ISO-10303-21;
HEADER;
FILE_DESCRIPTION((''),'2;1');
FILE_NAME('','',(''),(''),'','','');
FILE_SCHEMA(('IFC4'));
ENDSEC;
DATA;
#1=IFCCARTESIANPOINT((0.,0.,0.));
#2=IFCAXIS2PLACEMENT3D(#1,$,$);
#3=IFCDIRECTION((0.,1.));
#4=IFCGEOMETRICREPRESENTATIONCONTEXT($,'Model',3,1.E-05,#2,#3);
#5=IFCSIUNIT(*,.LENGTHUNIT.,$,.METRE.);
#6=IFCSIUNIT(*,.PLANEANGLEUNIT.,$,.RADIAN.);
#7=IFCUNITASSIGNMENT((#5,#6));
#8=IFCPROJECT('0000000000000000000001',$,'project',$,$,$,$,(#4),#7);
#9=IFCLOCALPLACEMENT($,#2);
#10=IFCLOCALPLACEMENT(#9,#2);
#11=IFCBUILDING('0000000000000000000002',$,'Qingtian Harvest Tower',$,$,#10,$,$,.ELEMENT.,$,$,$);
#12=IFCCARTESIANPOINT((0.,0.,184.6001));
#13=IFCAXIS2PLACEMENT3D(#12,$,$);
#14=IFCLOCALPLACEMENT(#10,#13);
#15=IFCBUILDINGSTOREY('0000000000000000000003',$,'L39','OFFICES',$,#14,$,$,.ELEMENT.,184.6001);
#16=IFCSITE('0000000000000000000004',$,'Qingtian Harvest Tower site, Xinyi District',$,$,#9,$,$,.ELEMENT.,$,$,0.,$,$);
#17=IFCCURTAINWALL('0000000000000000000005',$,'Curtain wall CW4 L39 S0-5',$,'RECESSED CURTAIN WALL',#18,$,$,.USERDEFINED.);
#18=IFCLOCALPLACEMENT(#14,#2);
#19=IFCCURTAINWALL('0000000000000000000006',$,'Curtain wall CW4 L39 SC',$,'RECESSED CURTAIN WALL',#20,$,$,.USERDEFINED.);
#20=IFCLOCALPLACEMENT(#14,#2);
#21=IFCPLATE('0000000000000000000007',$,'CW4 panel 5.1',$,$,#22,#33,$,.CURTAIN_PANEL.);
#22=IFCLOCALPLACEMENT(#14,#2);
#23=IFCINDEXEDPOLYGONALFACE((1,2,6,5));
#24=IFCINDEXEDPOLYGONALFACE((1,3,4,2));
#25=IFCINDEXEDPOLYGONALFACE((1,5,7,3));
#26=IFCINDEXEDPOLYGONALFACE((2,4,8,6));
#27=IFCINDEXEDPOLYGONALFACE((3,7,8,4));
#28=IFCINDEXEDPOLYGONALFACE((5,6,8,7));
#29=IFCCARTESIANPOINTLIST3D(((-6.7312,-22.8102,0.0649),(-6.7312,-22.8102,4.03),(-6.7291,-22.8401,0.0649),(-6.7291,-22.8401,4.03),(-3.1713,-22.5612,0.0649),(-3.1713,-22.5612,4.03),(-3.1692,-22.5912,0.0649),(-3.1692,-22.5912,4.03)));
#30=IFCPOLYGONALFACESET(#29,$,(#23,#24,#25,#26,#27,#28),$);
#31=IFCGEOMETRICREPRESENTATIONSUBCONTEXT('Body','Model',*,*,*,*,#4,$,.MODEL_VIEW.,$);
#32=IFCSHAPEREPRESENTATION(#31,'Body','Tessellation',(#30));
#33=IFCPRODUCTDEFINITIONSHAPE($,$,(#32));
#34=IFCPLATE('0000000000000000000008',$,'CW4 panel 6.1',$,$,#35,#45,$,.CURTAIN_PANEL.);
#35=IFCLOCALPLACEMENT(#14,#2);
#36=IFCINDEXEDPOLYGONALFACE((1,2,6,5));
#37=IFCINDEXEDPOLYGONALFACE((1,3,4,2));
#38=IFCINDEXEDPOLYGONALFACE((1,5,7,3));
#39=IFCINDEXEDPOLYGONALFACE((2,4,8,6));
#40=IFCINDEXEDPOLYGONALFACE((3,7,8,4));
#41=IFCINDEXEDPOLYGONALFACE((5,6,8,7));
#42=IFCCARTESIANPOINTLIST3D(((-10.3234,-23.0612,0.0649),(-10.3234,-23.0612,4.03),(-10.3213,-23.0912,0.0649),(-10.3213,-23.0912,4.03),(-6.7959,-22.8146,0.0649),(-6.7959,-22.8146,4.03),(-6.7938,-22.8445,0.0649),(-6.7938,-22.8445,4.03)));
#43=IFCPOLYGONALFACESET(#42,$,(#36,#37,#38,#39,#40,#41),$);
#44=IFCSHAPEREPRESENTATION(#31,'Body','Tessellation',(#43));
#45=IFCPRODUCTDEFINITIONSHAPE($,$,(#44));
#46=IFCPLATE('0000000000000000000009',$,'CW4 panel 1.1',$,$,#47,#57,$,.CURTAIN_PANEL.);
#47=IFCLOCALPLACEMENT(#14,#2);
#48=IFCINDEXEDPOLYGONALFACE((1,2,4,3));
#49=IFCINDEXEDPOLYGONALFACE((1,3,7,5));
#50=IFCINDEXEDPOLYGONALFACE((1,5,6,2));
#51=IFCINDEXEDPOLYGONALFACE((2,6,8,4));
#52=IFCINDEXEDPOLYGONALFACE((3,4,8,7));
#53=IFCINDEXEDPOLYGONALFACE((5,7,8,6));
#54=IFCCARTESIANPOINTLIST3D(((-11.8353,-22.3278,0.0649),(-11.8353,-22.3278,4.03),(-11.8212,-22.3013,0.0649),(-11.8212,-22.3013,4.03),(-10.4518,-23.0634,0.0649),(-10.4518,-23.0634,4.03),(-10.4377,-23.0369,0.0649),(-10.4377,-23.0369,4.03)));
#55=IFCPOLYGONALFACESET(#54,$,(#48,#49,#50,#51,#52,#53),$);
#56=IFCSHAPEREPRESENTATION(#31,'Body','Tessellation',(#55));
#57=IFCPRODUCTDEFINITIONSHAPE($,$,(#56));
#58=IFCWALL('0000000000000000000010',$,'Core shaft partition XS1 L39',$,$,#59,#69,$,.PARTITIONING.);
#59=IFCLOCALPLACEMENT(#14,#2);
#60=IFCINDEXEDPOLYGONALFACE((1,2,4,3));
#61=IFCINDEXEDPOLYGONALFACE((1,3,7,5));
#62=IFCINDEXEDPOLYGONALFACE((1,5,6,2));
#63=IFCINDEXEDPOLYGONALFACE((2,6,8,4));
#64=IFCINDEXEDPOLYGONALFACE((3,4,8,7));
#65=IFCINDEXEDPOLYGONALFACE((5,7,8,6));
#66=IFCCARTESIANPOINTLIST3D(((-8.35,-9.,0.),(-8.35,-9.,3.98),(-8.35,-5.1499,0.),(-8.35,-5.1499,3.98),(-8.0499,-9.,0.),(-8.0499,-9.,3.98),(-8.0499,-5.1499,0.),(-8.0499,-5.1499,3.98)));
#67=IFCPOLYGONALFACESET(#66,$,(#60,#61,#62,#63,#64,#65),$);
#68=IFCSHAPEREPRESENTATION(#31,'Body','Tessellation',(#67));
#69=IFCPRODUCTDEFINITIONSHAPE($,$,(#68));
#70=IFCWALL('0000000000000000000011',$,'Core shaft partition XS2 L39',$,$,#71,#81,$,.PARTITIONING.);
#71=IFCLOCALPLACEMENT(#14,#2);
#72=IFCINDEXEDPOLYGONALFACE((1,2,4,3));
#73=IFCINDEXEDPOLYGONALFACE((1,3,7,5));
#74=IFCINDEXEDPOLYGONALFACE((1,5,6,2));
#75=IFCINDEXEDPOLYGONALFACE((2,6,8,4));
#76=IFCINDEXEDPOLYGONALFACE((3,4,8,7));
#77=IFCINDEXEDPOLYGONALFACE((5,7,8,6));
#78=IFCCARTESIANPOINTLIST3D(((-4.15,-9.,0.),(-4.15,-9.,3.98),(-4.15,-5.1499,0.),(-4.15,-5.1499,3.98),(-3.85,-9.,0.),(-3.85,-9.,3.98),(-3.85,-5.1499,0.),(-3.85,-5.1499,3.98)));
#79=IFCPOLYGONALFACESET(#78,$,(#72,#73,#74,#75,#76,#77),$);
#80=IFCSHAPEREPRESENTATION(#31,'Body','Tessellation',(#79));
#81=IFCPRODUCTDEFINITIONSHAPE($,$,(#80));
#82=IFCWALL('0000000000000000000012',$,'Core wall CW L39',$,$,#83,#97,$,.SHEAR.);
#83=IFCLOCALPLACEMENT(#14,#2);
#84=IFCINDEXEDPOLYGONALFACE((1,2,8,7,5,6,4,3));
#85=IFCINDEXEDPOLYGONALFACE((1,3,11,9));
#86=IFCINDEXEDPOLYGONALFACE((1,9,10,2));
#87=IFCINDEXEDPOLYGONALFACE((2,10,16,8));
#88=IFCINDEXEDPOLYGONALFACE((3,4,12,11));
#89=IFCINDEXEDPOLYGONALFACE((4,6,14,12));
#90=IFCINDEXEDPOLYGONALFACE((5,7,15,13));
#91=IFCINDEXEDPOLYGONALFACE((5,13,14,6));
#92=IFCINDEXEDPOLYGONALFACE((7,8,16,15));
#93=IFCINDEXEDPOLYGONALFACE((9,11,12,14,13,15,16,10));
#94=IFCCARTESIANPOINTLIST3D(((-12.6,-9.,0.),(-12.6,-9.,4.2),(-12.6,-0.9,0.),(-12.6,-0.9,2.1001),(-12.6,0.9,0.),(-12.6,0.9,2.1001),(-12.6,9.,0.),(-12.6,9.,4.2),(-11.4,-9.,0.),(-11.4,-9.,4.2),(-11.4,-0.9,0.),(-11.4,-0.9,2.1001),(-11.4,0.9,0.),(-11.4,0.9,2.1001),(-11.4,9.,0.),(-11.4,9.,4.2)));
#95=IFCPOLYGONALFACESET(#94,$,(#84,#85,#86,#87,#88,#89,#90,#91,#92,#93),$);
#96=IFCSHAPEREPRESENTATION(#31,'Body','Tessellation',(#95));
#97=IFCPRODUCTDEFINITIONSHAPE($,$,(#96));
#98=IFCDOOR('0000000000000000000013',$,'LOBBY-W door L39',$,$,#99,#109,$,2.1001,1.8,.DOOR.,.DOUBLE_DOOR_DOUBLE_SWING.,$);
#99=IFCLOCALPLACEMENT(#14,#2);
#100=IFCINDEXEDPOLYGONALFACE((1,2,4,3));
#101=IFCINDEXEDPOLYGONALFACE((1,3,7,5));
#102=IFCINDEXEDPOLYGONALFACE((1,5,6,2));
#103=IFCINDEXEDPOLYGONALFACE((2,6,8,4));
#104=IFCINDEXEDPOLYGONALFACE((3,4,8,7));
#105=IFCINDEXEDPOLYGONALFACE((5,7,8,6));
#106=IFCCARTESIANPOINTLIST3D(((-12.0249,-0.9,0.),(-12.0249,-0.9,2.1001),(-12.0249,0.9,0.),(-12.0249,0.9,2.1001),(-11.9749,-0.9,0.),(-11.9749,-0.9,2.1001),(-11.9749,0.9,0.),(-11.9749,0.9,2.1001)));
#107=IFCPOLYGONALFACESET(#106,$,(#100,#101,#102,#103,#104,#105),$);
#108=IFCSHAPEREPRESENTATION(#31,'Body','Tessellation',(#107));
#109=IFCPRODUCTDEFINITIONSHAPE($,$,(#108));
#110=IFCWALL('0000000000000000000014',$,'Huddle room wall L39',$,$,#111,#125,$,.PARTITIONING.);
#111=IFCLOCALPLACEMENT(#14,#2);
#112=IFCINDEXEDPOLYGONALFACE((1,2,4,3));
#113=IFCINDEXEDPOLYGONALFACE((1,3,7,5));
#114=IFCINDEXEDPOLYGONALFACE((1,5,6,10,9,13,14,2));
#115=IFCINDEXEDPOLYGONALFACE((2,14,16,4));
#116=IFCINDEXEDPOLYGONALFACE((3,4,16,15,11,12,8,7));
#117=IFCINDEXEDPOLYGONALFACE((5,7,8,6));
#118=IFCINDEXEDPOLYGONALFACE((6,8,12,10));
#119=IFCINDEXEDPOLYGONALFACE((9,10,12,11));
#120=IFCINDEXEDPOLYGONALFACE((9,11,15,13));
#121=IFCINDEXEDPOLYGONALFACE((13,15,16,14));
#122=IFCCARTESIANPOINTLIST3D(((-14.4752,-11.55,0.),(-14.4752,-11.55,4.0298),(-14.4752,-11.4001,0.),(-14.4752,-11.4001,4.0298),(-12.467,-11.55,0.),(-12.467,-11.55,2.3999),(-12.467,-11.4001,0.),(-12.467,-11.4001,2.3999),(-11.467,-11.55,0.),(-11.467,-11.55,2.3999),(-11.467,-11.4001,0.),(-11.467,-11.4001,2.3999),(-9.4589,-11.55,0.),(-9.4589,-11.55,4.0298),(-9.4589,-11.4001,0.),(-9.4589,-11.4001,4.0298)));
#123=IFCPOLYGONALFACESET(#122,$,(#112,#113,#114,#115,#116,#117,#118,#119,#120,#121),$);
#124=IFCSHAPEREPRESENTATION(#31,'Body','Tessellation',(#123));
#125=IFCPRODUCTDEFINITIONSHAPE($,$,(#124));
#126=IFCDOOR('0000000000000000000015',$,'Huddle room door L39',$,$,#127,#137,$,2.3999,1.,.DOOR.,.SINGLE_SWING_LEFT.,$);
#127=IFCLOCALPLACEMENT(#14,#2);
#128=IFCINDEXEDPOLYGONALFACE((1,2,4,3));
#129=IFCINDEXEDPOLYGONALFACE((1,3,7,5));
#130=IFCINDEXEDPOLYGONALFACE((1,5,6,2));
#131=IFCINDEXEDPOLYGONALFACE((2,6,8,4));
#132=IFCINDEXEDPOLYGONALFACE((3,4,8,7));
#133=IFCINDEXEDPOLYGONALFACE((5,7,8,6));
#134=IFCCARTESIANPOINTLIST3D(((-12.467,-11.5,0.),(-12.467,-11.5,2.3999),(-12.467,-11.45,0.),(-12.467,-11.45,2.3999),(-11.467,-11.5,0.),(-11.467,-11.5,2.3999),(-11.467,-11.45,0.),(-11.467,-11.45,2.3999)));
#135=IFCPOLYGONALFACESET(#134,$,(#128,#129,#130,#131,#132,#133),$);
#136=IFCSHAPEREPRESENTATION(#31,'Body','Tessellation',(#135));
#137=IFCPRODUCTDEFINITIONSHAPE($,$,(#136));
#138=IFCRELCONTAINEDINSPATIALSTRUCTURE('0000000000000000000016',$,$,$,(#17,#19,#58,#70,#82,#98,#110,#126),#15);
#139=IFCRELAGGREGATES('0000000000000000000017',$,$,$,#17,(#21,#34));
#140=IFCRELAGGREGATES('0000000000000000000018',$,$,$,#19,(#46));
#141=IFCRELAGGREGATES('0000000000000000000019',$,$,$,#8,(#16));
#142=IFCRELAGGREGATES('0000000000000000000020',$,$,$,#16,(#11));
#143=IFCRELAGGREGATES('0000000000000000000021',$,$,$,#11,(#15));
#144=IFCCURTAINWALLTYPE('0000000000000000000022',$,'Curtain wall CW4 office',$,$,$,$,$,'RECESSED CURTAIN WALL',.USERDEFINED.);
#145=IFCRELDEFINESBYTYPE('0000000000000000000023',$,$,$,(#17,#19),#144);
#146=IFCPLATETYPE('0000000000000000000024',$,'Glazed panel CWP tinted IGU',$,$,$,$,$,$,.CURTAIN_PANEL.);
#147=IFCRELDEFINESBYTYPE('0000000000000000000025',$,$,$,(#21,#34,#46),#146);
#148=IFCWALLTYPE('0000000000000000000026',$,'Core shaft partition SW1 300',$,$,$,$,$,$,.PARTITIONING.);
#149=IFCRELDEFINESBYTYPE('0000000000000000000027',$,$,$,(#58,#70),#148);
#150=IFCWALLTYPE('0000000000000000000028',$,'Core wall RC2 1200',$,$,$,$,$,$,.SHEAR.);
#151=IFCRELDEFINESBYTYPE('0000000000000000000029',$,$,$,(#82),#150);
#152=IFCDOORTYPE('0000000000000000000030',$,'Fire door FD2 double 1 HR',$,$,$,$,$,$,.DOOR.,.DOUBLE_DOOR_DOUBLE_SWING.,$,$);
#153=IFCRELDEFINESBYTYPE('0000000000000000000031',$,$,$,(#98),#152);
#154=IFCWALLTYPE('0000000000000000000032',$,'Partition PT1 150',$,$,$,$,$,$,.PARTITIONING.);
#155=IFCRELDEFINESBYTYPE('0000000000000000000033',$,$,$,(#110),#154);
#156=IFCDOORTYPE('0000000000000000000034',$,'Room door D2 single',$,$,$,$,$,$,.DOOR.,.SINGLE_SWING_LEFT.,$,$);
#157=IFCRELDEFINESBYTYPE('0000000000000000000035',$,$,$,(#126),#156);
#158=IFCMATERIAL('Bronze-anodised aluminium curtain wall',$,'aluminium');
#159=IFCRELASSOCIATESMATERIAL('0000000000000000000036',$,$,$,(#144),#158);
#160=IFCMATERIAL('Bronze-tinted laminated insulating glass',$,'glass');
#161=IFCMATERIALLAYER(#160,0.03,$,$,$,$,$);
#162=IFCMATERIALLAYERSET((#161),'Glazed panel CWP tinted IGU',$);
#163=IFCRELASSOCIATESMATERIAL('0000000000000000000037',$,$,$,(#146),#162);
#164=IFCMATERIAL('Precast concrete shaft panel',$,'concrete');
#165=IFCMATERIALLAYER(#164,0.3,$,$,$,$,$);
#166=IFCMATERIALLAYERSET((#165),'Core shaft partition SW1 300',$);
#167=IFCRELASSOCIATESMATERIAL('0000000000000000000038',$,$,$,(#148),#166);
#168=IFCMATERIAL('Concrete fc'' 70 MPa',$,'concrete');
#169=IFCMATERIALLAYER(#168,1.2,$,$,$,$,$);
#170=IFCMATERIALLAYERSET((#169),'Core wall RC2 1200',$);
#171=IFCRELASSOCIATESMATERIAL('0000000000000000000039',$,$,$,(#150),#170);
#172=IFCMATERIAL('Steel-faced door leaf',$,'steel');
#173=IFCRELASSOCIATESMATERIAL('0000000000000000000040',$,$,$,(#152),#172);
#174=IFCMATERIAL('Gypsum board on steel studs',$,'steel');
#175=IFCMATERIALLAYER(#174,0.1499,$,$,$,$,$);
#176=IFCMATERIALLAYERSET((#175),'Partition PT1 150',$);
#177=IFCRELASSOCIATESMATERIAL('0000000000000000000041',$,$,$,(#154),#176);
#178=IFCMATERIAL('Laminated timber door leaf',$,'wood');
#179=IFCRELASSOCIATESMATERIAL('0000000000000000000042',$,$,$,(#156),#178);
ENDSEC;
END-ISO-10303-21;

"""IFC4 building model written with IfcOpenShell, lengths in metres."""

from ifc_helpers import new_model, si_unit, direction, frame, frame_2d, origin, origin_2d, place, context, subcontext, project, spatial, rectangle, extrude, material, layer, layer_set, type_object, element, fill, aggregate, save


model = new_model("IFC4")

# Units and contexts
model_context = context("Model", 3, precision=1e-05, world=origin(), true_north=direction((0.0, 1.0)))
body_context = subcontext(model_context, "Body", "Model", "MODEL_VIEW")
ifc_project = project(units=[si_unit("LENGTHUNIT", "METRE"), si_unit("PLANEANGLEUNIT", "RADIAN")], contexts=[model_context])

# Site, building, storey
site_placement = place(None, origin())
site = spatial("IfcSite", under=ifc_project, at=site_placement, Name="Qingtian Harvest Tower site, Xinyi District", CompositionType="ELEMENT", RefElevation=0.0)
building_placement = place(site_placement, origin())
building = spatial("IfcBuilding", under=site, at=building_placement, Name="Qingtian Harvest Tower", CompositionType="ELEMENT")
storey_placement = place(building_placement, frame((0.0, 0.0, 184.6001)))
storey = spatial("IfcBuildingStorey", under=building, at=storey_placement, Name="L39", Description="OFFICES", CompositionType="ELEMENT", Elevation=184.6001)

# Curtain walls
ifc_material_1 = material(Name="Bronze-anodised aluminium curtain wall", Category="aluminium")
curtain_wall_type = type_object("IfcCurtainWallType", Name="Curtain wall CW4 office", ElementType="RECESSED CURTAIN WALL", PredefinedType="USERDEFINED", material=ifc_material_1)
curtain_wall_1_placement = place(storey_placement, origin())
curtain_wall_1 = element("IfcCurtainWall", 1, at=curtain_wall_1_placement, inside=storey, type_object=curtain_wall_type, Name="Curtain wall CW4 L39 S0-5", ObjectType="RECESSED CURTAIN WALL", PredefinedType="USERDEFINED")
curtain_wall_2_placement = place(storey_placement, origin())
curtain_wall_2 = element("IfcCurtainWall", 2, at=curtain_wall_2_placement, inside=storey, type_object=curtain_wall_type, Name="Curtain wall CW4 L39 SC", ObjectType="RECESSED CURTAIN WALL", PredefinedType="USERDEFINED")

# Plates
ifc_material_2 = material(Name="Bronze-tinted laminated insulating glass", Category="glass")
ifc_layer_1 = layer(ifc_material_2, 0.03)
ifc_layer_set_1 = layer_set([ifc_layer_1], Name="Glazed panel CWP tinted IGU")
plate_type = type_object("IfcPlateType", Name="Glazed panel CWP tinted IGU", PredefinedType="CURTAIN_PANEL", material=ifc_layer_set_1)
plate_1_placement = place(storey_placement, frame((-4.9502, -22.7007, 0.0649), z_axis=(0.0, 0.0, 1.0), x_axis=(-0.997564, -0.069756, 0.0)))
plate_1 = element("IfcPlate", 3, at=plate_1_placement, type_object=plate_type, Name="CW4 panel 5.1", PredefinedType="CURTAIN_PANEL", context=body_context, shape_type="SweptSolid", body=[
    extrude(rectangle(XDim=3.5686, YDim=0.03, at=origin_2d()), origin(), (0.0, 0.0, 1.0), 3.9651),
])
plate_2_placement = place(storey_placement, frame((-8.5586, -22.9529, 0.0649), z_axis=(0.0, 0.0, 1.0), x_axis=(-0.997564, -0.069756, 0.0)))
plate_2 = element("IfcPlate", 4, at=plate_2_placement, type_object=plate_type, Name="CW4 panel 6.1", PredefinedType="CURTAIN_PANEL", context=body_context, shape_type="SweptSolid", body=[
    extrude(rectangle(XDim=3.5361, YDim=0.03, at=origin_2d()), origin(), (0.0, 0.0, 1.0), 3.9651),
])
aggregate(curtain_wall_1, [plate_1, plate_2])
plate_3_placement = place(storey_placement, frame((-11.1365, -22.6824, 0.0649), z_axis=(0.0, 0.0, 1.0), x_axis=(-0.882948, 0.469472, 0.0)))
plate_3 = element("IfcPlate", 5, at=plate_3_placement, type_object=plate_type, Name="CW4 panel 1.1", PredefinedType="CURTAIN_PANEL", context=body_context, shape_type="SweptSolid", body=[
    extrude(rectangle(XDim=1.5669, YDim=0.03, at=origin_2d()), origin(), (0.0, 0.0, 1.0), 3.9651),
])
aggregate(curtain_wall_2, [plate_3])

# Walls
ifc_material_3 = material(Name="Precast concrete shaft panel", Category="concrete")
ifc_layer_2 = layer(ifc_material_3, 0.3)
ifc_layer_set_2 = layer_set([ifc_layer_2], Name="Core shaft partition SW1 300")
wall_type_1 = type_object("IfcWallType", Name="Core shaft partition SW1 300", PredefinedType="PARTITIONING", material=ifc_layer_set_2)
for number, where, z_axis, x_axis, name in (
    (6, (-8.2, -9.0, 0.0), (0.0, 0.0, 1.0), (0.0, 1.0, 0.0), "Core shaft partition XS1 L39"),
    (7, (-4.0, -9.0, 0.0), (0.0, 0.0, 1.0), (0.0, 1.0, 0.0), "Core shaft partition XS2 L39"),
):
    element("IfcWall", number, at=place(storey_placement, frame(where, z_axis=z_axis, x_axis=x_axis)), inside=storey, type_object=wall_type_1, Name=name, PredefinedType="PARTITIONING", context=body_context, shape_type="SweptSolid", body=[
        extrude(rectangle(XDim=3.8501, YDim=0.3, at=frame_2d((1.925, 0.0))), origin(), (0.0, 0.0, 1.0), 3.98),
    ])

# Walls, openings, doors
ifc_material_4 = material(Name="Concrete fc' 70 MPa", Category="concrete")
ifc_layer_3 = layer(ifc_material_4, 1.2)
ifc_layer_set_3 = layer_set([ifc_layer_3], Name="Core wall RC2 1200")
wall_type_2 = type_object("IfcWallType", Name="Core wall RC2 1200", PredefinedType="SHEAR", material=ifc_layer_set_3)
wall_1_placement = place(storey_placement, frame((-12.0, -9.0, 0.0), z_axis=(0.0, 0.0, 1.0), x_axis=(0.0, 1.0, 0.0)))
wall_1 = element("IfcWall", 8, at=wall_1_placement, inside=storey, type_object=wall_type_2, Name="Core wall CW L39", PredefinedType="SHEAR", context=body_context, shape_type="SweptSolid", body=[
    extrude(rectangle(XDim=18.0, YDim=1.2, at=frame_2d((9.0, 0.0))), origin(), (0.0, 0.0, 1.0), 4.2),
])
opening_1_placement = place(wall_1_placement, frame((8.1001, 0.0, 0.0)))
opening_1 = element("IfcOpeningElement", 9, at=opening_1_placement, cuts=wall_1, PredefinedType="OPENING", context=body_context, shape_type="SweptSolid", body=[
    extrude(rectangle(XDim=1.8, YDim=2.1001, at=frame_2d((0.8999, 1.05))), frame((0.0, 0.6099, 0.0), z_axis=(0.0, -1.0, 0.0), x_axis=(1.0, 0.0, 0.0)), (0.0, 0.0, 1.0), 1.22),
])
ifc_material_5 = material(Name="Steel-faced door leaf", Category="steel")
door_type_1 = type_object("IfcDoorType", Name="Fire door FD2 double 1 HR", OperationType="DOUBLE_DOOR_DOUBLE_SWING", PredefinedType="DOOR", material=ifc_material_5)
door_1_placement = place(opening_1_placement, origin())
door_1 = element("IfcDoor", 10, at=door_1_placement, inside=storey, type_object=door_type_1, Name="LOBBY-W door L39", OperationType="DOUBLE_DOOR_DOUBLE_SWING", OverallHeight=2.1001, OverallWidth=1.8, PredefinedType="DOOR", context=body_context, shape_type="SweptSolid", body=[
    extrude(rectangle(XDim=1.8, YDim=2.1001, at=frame_2d((0.8999, 1.05))), frame((0.0, 0.0249, 0.0), z_axis=(0.0, -1.0, 0.0), x_axis=(1.0, 0.0, 0.0)), (0.0, 0.0, 1.0), 0.05),
])
fill(opening_1, door_1)
ifc_material_6 = material(Name="Gypsum board on steel studs", Category="steel")
ifc_layer_4 = layer(ifc_material_6, 0.1499)
ifc_layer_set_4 = layer_set([ifc_layer_4], Name="Partition PT1 150")
wall_type_3 = type_object("IfcWallType", Name="Partition PT1 150", PredefinedType="PARTITIONING", material=ifc_layer_set_4)
wall_2_placement = place(storey_placement, frame((-9.4587, -11.4751, 0.0), z_axis=(0.0, 0.0, 1.0), x_axis=(-1.0, 0.0, 0.0)))
wall_2 = element("IfcWall", 11, at=wall_2_placement, inside=storey, type_object=wall_type_3, Name="Huddle room wall L39", PredefinedType="PARTITIONING", context=body_context, shape_type="SweptSolid", body=[
    extrude(rectangle(XDim=5.0164, YDim=0.1499, at=frame_2d((2.5083, 0.0))), origin(), (0.0, 0.0, 1.0), 4.0298),
])
opening_2_placement = place(wall_2_placement, frame((2.0083, 0.0, 0.0)))
opening_2 = element("IfcOpeningElement", 12, at=opening_2_placement, cuts=wall_2, PredefinedType="OPENING", context=body_context, shape_type="SweptSolid", body=[
    extrude(rectangle(XDim=1.0, YDim=2.3999, at=frame_2d((0.5, 1.2))), frame((0.0, 0.085, 0.0), z_axis=(0.0, -1.0, 0.0), x_axis=(1.0, 0.0, 0.0)), (0.0, 0.0, 1.0), 0.1699),
])
ifc_material_7 = material(Name="Laminated timber door leaf", Category="wood")
door_type_2 = type_object("IfcDoorType", Name="Room door D2 single", OperationType="SINGLE_SWING_LEFT", PredefinedType="DOOR", material=ifc_material_7)
door_2_placement = place(opening_2_placement, origin())
door_2 = element("IfcDoor", 13, at=door_2_placement, inside=storey, type_object=door_type_2, Name="Huddle room door L39", OperationType="SINGLE_SWING_LEFT", OverallHeight=2.3999, OverallWidth=1.0, PredefinedType="DOOR", context=body_context, shape_type="SweptSolid", body=[
    extrude(rectangle(XDim=1.0, YDim=2.3999, at=frame_2d((0.5, 1.2))), frame((0.0, 0.0249, 0.0), z_axis=(0.0, -1.0, 0.0), x_axis=(1.0, 0.0, 0.0)), (0.0, 0.0, 1.0), 0.05),
])
fill(opening_2, door_2)

save(model, "model.ifc")
